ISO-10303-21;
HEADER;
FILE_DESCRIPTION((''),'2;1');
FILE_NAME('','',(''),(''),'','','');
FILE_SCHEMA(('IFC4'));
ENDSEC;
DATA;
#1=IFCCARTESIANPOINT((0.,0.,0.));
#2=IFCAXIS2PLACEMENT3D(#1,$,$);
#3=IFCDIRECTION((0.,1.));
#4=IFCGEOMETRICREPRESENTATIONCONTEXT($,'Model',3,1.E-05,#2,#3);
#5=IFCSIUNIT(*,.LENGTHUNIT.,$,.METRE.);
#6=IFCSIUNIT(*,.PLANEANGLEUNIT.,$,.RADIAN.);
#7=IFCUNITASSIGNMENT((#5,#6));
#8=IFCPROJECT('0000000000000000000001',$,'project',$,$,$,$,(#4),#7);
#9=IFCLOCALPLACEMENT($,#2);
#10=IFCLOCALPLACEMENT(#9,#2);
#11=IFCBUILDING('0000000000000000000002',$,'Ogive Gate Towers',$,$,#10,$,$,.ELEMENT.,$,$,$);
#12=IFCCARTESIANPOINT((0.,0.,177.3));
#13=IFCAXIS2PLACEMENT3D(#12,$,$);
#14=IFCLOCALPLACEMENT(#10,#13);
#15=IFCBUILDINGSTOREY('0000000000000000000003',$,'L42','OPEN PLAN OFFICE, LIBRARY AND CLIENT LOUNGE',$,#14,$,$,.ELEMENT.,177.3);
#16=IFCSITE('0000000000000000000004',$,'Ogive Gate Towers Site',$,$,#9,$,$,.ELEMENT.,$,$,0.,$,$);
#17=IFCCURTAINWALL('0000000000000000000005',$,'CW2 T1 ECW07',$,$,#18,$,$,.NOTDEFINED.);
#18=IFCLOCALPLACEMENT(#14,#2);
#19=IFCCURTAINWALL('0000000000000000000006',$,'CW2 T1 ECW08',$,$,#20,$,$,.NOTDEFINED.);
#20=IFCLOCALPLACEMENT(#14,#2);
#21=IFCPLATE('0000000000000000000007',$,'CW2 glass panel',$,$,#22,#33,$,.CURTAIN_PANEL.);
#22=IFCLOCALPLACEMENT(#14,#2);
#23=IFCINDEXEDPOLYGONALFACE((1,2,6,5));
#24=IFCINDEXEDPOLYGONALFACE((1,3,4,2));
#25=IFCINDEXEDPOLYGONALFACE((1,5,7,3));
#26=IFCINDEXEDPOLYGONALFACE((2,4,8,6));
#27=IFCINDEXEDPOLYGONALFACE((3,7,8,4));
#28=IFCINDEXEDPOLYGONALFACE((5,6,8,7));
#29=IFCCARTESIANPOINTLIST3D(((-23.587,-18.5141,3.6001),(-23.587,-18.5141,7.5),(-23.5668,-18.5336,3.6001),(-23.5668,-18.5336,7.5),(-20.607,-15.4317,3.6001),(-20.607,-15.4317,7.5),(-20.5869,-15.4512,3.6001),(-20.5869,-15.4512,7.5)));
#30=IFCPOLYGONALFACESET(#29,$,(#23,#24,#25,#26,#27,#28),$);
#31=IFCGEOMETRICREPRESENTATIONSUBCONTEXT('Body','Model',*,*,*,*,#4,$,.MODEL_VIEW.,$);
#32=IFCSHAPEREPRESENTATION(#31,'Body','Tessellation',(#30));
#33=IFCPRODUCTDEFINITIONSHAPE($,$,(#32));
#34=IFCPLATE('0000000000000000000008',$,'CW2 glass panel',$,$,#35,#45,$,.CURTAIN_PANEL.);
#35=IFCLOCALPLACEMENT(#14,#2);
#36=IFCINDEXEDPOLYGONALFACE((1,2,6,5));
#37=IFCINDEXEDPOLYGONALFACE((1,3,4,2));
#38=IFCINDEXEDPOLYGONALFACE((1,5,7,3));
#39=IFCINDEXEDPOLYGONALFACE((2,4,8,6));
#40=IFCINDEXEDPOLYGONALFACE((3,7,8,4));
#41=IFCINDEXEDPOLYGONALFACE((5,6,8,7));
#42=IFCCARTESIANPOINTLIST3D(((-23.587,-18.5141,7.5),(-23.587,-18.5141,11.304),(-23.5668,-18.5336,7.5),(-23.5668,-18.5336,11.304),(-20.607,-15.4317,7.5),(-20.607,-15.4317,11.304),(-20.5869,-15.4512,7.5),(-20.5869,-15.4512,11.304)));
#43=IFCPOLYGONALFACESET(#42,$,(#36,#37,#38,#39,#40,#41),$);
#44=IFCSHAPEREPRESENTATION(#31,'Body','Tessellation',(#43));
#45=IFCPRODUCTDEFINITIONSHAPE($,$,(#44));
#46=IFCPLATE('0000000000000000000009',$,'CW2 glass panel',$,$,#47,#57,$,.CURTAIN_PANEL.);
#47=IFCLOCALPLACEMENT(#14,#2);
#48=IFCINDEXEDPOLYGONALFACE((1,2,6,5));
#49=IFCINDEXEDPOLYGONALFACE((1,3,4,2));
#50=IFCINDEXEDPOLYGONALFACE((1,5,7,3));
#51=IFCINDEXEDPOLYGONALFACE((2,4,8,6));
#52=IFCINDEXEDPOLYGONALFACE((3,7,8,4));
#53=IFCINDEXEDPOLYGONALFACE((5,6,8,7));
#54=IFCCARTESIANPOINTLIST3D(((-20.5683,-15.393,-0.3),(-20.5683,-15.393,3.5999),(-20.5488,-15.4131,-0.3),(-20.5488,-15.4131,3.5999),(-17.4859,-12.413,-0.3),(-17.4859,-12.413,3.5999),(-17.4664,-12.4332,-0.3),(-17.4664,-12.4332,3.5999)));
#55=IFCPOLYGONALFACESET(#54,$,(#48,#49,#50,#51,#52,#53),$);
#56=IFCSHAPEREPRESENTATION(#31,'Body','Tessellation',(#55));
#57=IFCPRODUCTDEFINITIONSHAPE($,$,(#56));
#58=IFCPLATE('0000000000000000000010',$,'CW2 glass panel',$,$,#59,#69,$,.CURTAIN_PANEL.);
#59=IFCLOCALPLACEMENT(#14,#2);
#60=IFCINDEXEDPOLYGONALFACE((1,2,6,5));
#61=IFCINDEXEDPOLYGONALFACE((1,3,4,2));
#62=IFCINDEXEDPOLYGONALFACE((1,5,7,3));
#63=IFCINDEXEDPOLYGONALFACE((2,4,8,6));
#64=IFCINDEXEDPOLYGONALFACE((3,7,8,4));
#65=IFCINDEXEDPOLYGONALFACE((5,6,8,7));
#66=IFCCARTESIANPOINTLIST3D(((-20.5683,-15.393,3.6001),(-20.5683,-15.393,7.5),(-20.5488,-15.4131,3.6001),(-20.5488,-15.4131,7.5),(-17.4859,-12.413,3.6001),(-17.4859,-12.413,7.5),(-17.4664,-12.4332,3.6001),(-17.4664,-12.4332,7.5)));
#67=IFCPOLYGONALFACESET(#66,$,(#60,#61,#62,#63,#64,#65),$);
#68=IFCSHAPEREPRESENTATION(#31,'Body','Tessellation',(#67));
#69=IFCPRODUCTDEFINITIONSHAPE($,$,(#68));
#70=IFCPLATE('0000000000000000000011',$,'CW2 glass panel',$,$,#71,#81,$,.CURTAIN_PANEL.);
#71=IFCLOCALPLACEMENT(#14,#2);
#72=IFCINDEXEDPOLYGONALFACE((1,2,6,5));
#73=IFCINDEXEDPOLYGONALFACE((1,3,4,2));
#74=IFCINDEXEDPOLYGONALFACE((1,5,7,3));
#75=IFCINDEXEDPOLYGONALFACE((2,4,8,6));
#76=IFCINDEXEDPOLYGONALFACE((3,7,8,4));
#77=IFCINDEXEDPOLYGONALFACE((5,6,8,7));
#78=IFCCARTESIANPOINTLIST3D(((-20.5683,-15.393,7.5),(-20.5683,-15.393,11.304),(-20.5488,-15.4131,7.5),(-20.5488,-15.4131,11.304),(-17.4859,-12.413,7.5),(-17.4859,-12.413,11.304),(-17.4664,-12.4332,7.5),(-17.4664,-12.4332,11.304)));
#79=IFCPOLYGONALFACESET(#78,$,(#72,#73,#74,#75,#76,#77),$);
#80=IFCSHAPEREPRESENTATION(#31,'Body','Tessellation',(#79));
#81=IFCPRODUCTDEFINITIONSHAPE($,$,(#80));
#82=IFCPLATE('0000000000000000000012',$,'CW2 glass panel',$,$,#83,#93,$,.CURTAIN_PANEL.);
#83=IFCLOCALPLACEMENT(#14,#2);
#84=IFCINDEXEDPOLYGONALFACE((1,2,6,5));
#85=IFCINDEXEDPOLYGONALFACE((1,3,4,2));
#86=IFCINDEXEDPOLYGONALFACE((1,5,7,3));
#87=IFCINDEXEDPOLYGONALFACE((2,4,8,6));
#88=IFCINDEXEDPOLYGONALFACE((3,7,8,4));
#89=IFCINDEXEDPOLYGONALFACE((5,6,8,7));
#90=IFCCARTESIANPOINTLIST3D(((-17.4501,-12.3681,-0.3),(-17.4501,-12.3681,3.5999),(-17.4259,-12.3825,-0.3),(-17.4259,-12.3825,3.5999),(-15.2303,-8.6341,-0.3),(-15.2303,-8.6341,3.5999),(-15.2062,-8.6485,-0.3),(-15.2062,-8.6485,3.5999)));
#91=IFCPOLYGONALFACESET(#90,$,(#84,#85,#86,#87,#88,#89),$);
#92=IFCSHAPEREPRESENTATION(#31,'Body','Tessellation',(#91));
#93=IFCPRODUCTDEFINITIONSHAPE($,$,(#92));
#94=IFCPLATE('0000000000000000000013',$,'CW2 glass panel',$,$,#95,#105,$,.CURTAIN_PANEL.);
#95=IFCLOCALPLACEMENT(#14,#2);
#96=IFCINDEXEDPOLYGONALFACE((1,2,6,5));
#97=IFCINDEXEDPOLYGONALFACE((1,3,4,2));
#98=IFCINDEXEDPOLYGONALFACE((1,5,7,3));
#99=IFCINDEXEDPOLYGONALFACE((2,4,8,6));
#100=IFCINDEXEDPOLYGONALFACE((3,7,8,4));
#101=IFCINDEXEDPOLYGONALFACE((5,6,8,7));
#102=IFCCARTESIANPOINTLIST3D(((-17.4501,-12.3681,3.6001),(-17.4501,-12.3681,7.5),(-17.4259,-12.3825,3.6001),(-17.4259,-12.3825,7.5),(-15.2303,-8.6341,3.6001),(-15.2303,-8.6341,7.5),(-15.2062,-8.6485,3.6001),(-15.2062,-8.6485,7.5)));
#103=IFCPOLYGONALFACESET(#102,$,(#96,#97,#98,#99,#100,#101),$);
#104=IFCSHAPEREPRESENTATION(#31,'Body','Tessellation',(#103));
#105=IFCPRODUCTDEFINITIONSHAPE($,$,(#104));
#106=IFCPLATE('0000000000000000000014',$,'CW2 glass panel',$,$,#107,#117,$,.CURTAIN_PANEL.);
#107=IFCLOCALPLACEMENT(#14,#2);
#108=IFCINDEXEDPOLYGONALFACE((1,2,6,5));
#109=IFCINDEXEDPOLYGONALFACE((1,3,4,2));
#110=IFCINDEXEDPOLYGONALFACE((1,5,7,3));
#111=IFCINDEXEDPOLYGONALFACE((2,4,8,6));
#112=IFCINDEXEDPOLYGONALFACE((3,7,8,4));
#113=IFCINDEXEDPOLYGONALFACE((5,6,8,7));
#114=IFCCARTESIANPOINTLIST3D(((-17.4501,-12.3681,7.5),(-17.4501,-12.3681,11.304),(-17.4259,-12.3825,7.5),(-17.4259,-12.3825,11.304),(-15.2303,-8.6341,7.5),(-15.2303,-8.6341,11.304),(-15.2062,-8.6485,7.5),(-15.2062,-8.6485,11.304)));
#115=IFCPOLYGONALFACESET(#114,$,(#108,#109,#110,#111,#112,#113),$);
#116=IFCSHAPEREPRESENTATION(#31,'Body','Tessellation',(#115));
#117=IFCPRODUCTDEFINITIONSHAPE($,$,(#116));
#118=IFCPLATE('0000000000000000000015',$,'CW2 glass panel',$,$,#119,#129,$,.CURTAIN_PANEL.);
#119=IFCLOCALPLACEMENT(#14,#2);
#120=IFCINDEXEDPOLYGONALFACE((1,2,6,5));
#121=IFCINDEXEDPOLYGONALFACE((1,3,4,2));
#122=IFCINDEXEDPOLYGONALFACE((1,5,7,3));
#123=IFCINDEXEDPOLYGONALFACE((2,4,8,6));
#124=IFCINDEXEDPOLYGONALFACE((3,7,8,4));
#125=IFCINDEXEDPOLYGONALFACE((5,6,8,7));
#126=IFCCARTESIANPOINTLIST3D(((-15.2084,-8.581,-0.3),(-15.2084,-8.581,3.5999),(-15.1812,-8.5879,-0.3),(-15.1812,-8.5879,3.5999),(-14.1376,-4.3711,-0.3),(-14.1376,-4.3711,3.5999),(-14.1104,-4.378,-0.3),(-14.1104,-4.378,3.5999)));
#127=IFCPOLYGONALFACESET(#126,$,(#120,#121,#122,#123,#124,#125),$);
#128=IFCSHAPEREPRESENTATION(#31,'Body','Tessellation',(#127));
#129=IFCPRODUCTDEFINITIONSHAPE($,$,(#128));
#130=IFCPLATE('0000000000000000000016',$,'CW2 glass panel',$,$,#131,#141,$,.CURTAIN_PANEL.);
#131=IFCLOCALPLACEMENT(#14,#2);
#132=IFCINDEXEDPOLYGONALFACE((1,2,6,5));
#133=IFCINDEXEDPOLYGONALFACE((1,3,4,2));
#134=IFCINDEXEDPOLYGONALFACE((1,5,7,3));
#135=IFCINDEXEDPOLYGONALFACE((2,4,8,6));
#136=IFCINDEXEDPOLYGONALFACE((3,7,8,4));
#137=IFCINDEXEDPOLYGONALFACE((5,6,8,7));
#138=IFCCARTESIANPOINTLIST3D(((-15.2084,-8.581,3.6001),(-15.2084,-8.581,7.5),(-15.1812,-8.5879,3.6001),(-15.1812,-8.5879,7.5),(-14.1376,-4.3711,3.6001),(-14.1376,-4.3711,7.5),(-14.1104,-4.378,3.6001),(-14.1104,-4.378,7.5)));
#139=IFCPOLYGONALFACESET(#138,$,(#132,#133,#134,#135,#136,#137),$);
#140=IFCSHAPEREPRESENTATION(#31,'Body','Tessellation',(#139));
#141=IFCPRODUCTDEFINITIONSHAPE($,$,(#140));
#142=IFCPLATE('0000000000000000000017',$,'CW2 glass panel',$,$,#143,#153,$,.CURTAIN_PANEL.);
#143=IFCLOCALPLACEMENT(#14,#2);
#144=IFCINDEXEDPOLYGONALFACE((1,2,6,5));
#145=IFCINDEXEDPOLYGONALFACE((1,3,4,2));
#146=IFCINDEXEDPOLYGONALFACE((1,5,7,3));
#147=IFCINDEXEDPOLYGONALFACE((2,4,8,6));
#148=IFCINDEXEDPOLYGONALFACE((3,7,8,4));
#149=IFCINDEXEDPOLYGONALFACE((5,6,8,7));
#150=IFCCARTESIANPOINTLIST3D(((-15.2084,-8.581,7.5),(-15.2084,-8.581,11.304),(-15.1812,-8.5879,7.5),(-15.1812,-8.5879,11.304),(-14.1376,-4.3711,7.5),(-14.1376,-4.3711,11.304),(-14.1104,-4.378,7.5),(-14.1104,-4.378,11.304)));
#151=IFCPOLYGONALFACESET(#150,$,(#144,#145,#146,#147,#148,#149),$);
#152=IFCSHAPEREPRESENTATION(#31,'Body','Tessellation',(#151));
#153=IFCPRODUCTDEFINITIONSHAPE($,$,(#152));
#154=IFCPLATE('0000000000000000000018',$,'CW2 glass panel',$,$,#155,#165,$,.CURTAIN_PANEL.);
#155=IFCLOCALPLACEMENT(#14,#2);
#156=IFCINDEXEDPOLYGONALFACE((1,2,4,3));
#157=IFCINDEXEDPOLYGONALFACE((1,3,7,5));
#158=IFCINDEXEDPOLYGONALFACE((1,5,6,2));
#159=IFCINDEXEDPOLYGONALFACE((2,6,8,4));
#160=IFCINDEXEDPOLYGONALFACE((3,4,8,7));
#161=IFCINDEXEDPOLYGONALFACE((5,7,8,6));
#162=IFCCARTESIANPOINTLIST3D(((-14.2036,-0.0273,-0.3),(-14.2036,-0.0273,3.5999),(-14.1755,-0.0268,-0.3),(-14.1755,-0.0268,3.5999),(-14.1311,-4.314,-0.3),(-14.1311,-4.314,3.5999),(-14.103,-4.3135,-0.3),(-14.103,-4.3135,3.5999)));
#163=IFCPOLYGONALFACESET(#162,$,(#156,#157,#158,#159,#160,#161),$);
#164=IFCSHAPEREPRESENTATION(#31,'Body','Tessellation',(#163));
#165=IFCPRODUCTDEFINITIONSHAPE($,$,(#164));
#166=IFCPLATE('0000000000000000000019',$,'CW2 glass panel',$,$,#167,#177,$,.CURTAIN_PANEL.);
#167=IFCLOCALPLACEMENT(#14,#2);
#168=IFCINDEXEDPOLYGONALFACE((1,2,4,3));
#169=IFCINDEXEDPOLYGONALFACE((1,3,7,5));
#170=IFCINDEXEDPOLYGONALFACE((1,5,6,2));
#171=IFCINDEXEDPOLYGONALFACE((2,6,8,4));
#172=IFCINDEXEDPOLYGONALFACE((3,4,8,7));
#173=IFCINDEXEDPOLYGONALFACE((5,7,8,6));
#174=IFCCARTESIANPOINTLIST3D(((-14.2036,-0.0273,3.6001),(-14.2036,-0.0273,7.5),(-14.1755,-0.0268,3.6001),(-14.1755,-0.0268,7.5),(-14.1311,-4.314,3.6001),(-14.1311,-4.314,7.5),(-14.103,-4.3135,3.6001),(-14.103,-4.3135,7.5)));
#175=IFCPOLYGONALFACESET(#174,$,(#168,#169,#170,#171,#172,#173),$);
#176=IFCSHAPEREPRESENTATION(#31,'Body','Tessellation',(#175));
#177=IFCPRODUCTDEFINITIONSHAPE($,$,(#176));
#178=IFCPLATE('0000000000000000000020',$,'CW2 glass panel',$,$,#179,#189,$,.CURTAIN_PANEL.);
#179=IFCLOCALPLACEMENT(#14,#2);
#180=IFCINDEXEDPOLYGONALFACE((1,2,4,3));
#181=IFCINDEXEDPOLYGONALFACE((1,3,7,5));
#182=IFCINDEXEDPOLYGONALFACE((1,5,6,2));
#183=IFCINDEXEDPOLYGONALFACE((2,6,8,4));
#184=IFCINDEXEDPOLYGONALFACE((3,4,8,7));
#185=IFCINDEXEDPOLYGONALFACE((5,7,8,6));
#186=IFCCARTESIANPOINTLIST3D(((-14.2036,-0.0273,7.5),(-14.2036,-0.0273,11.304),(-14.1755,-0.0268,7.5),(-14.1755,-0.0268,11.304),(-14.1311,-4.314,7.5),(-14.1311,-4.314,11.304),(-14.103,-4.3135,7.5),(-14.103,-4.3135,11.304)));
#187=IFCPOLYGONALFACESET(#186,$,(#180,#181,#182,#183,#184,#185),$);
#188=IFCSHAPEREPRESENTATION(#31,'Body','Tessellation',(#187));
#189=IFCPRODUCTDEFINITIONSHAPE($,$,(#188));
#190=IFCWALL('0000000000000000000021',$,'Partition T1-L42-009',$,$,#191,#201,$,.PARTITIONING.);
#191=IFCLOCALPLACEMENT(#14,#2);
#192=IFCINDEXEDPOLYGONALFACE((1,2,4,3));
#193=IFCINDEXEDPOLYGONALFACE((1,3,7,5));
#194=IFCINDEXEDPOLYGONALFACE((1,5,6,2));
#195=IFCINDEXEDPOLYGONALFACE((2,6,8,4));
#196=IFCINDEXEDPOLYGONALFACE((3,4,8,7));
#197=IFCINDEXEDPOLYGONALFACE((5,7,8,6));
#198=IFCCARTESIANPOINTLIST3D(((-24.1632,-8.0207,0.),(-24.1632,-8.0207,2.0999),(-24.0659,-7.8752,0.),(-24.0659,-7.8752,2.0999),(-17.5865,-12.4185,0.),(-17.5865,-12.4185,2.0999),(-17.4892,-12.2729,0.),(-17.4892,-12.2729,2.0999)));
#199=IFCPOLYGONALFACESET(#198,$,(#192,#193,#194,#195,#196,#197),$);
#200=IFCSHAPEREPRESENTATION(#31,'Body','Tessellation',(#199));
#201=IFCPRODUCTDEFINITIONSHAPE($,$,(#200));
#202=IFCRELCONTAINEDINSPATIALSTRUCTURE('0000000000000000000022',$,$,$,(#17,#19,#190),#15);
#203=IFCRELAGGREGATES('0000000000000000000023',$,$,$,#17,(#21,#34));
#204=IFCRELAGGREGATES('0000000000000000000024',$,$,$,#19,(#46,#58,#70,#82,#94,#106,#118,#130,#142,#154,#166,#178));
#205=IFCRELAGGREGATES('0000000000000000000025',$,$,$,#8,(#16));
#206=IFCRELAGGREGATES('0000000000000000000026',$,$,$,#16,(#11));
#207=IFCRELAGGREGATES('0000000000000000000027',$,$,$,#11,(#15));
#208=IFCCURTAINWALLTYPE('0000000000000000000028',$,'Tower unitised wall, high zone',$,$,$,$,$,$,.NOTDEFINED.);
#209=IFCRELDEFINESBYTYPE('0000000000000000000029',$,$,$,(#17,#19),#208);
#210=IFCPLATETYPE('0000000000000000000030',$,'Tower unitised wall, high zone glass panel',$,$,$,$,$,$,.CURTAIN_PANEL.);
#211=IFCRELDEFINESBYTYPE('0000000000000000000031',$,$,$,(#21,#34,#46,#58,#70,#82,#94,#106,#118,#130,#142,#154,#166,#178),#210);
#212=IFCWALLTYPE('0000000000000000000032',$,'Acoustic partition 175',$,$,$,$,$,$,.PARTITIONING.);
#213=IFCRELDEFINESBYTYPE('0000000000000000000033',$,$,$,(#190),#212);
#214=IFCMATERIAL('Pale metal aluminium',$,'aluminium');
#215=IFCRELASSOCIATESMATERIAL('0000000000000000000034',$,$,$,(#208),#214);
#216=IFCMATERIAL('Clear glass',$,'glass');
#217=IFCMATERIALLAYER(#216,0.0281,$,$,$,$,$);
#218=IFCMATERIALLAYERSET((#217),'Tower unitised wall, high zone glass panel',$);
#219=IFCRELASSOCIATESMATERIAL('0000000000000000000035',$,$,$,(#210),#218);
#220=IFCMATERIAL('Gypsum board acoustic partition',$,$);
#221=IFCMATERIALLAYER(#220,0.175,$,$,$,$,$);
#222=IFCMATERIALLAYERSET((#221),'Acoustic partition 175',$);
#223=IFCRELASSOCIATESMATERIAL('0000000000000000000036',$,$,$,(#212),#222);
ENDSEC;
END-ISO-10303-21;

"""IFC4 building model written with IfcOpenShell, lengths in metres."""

from ifc_helpers import new_model, si_unit, direction, frame, frame_2d, origin, origin_2d, place, context, subcontext, project, spatial, rectangle, extrude, material, layer, layer_set, type_object, element, aggregate, save


model = new_model("IFC4")

# Units and contexts
model_context = context("Model", 3, precision=1e-05, world=origin(), true_north=direction((0.0, 1.0)))
body_context = subcontext(model_context, "Body", "Model", "MODEL_VIEW")
ifc_project = project(units=[si_unit("LENGTHUNIT", "METRE"), si_unit("PLANEANGLEUNIT", "RADIAN")], contexts=[model_context])

# Site, building, storey
site_placement = place(None, origin())
site = spatial("IfcSite", under=ifc_project, at=site_placement, Name="Ogive Gate Towers Site", CompositionType="ELEMENT", RefElevation=0.0)
building_placement = place(site_placement, origin())
building = spatial("IfcBuilding", under=site, at=building_placement, Name="Ogive Gate Towers", CompositionType="ELEMENT")
storey_placement = place(building_placement, frame((0.0, 0.0, 177.3)))
storey = spatial("IfcBuildingStorey", under=building, at=storey_placement, Name="L42", Description="OPEN PLAN OFFICE, LIBRARY AND CLIENT LOUNGE", CompositionType="ELEMENT", Elevation=177.3)

# Curtain walls
ifc_material_1 = material(Name="Pale metal aluminium", Category="aluminium")
curtain_wall_type = type_object("IfcCurtainWallType", Name="Tower unitised wall, high zone", PredefinedType="NOTDEFINED", material=ifc_material_1)
curtain_wall_1_placement = place(storey_placement, origin())
curtain_wall_1 = element("IfcCurtainWall", 1, at=curtain_wall_1_placement, inside=storey, type_object=curtain_wall_type, Name="CW2 T1 ECW07", PredefinedType="NOTDEFINED")
curtain_wall_2_placement = place(storey_placement, origin())
curtain_wall_2 = element("IfcCurtainWall", 2, at=curtain_wall_2_placement, inside=storey, type_object=curtain_wall_type, Name="CW2 T1 ECW08", PredefinedType="NOTDEFINED")

# Plates
ifc_material_2 = material(Name="Clear glass", Category="glass")
ifc_layer_1 = layer(ifc_material_2, 0.0281)
ifc_layer_set_1 = layer_set([ifc_layer_1], Name="Tower unitised wall, high zone glass panel")
plate_type = type_object("IfcPlateType", Name="Tower unitised wall, high zone glass panel", PredefinedType="CURTAIN_PANEL", material=ifc_layer_set_1)
plate_1_placement = place(storey_placement, frame((-22.0869, -16.9827, 3.6001), z_axis=(0.0, 0.0, 1.0), x_axis=(0.695047, 0.718964, 0.0)))
plate_1 = element("IfcPlate", 3, at=plate_1_placement, type_object=plate_type, Name="CW2 glass panel", PredefinedType="CURTAIN_PANEL", context=body_context, shape_type="SweptSolid", body=[
    extrude(rectangle(XDim=4.2874, YDim=0.0281, at=origin_2d()), origin(), (0.0, 0.0, 1.0), 3.8999),
])
plate_2_placement = place(storey_placement, frame((-22.0869, -16.9827, 7.5), z_axis=(0.0, 0.0, 1.0), x_axis=(0.695047, 0.718964, 0.0)))
plate_2 = element("IfcPlate", 4, at=plate_2_placement, type_object=plate_type, Name="CW2 glass panel", PredefinedType="CURTAIN_PANEL", context=body_context, shape_type="SweptSolid", body=[
    extrude(rectangle(XDim=4.2874, YDim=0.0281, at=origin_2d()), origin(), (0.0, 0.0, 1.0), 3.804),
])
aggregate(curtain_wall_1, [plate_1, plate_2])
plate_3_placement = place(storey_placement, frame((-19.0173, -13.9131, -0.3), z_axis=(0.0, 0.0, 1.0), x_axis=(0.718964, 0.695047, 0.0)))
plate_3 = element("IfcPlate", 5, at=plate_3_placement, type_object=plate_type, Name="CW2 glass panel", PredefinedType="CURTAIN_PANEL", context=body_context, shape_type="SweptSolid", body=[
    extrude(rectangle(XDim=4.2874, YDim=0.0281, at=origin_2d()), origin(), (0.0, 0.0, 1.0), 3.8999),
])
plate_4_placement = place(storey_placement, frame((-19.0173, -13.9131, 3.6001), z_axis=(0.0, 0.0, 1.0), x_axis=(0.718964, 0.695047, 0.0)))
plate_4 = element("IfcPlate", 6, at=plate_4_placement, type_object=plate_type, Name="CW2 glass panel", PredefinedType="CURTAIN_PANEL", context=body_context, shape_type="SweptSolid", body=[
    extrude(rectangle(XDim=4.2874, YDim=0.0281, at=origin_2d()), origin(), (0.0, 0.0, 1.0), 3.8999),
])
plate_5_placement = place(storey_placement, frame((-19.0173, -13.9131, 7.5), z_axis=(0.0, 0.0, 1.0), x_axis=(0.718964, 0.695047, 0.0)))
plate_5 = element("IfcPlate", 7, at=plate_5_placement, type_object=plate_type, Name="CW2 glass panel", PredefinedType="CURTAIN_PANEL", context=body_context, shape_type="SweptSolid", body=[
    extrude(rectangle(XDim=4.2874, YDim=0.0281, at=origin_2d()), origin(), (0.0, 0.0, 1.0), 3.804),
])
plate_6_placement = place(storey_placement, frame((-16.3281, -10.5083, -0.3), z_axis=(0.0, 0.0, 1.0), x_axis=(0.510993, 0.859585, 0.0)))
plate_6 = element("IfcPlate", 8, at=plate_6_placement, type_object=plate_type, Name="CW2 glass panel", PredefinedType="CURTAIN_PANEL", context=body_context, shape_type="SweptSolid", body=[
    extrude(rectangle(XDim=4.344, YDim=0.0281, at=origin_2d()), origin(), (0.0, 0.0, 1.0), 3.8999),
])
plate_7_placement = place(storey_placement, frame((-16.3281, -10.5083, 3.6001), z_axis=(0.0, 0.0, 1.0), x_axis=(0.510993, 0.859585, 0.0)))
plate_7 = element("IfcPlate", 9, at=plate_7_placement, type_object=plate_type, Name="CW2 glass panel", PredefinedType="CURTAIN_PANEL", context=body_context, shape_type="SweptSolid", body=[
    extrude(rectangle(XDim=4.344, YDim=0.0281, at=origin_2d()), origin(), (0.0, 0.0, 1.0), 3.8999),
])
plate_8_placement = place(storey_placement, frame((-16.3281, -10.5083, 7.5), z_axis=(0.0, 0.0, 1.0), x_axis=(0.510993, 0.859585, 0.0)))
plate_8 = element("IfcPlate", 10, at=plate_8_placement, type_object=plate_type, Name="CW2 glass panel", PredefinedType="CURTAIN_PANEL", context=body_context, shape_type="SweptSolid", body=[
    extrude(rectangle(XDim=4.344, YDim=0.0281, at=origin_2d()), origin(), (0.0, 0.0, 1.0), 3.804),
])
plate_9_placement = place(storey_placement, frame((-14.6594, -6.4795, -0.3), z_axis=(0.0, 0.0, 1.0), x_axis=(0.246492, 0.969145, 0.0)))
plate_9 = element("IfcPlate", 11, at=plate_9_placement, type_object=plate_type, Name="CW2 glass panel", PredefinedType="CURTAIN_PANEL", context=body_context, shape_type="SweptSolid", body=[
    extrude(rectangle(XDim=4.344, YDim=0.0281, at=origin_2d()), origin(), (0.0, 0.0, 1.0), 3.8999),
])
plate_10_placement = place(storey_placement, frame((-14.6594, -6.4795, 3.6001), z_axis=(0.0, 0.0, 1.0), x_axis=(0.246492, 0.969145, 0.0)))
plate_10 = element("IfcPlate", 12, at=plate_10_placement, type_object=plate_type, Name="CW2 glass panel", PredefinedType="CURTAIN_PANEL", context=body_context, shape_type="SweptSolid", body=[
    extrude(rectangle(XDim=4.344, YDim=0.0281, at=origin_2d()), origin(), (0.0, 0.0, 1.0), 3.8999),
])
plate_11_placement = place(storey_placement, frame((-14.6594, -6.4795, 7.5), z_axis=(0.0, 0.0, 1.0), x_axis=(0.246492, 0.969145, 0.0)))
plate_11 = element("IfcPlate", 13, at=plate_11_placement, type_object=plate_type, Name="CW2 glass panel", PredefinedType="CURTAIN_PANEL", context=body_context, shape_type="SweptSolid", body=[
    extrude(rectangle(XDim=4.344, YDim=0.0281, at=origin_2d()), origin(), (0.0, 0.0, 1.0), 3.804),
])
plate_12_placement = place(storey_placement, frame((-14.1533, -2.1704, -0.3), z_axis=(0.0, 0.0, 1.0), x_axis=(-0.016911, 0.999857, 0.0)))
plate_12 = element("IfcPlate", 14, at=plate_12_placement, type_object=plate_type, Name="CW2 glass panel", PredefinedType="CURTAIN_PANEL", context=body_context, shape_type="SweptSolid", body=[
    extrude(rectangle(XDim=4.2874, YDim=0.0281, at=origin_2d()), origin(), (0.0, 0.0, 1.0), 3.8999),
])
plate_13_placement = place(storey_placement, frame((-14.1533, -2.1704, 3.6001), z_axis=(0.0, 0.0, 1.0), x_axis=(-0.016911, 0.999857, 0.0)))
plate_13 = element("IfcPlate", 15, at=plate_13_placement, type_object=plate_type, Name="CW2 glass panel", PredefinedType="CURTAIN_PANEL", context=body_context, shape_type="SweptSolid", body=[
    extrude(rectangle(XDim=4.2874, YDim=0.0281, at=origin_2d()), origin(), (0.0, 0.0, 1.0), 3.8999),
])
plate_14_placement = place(storey_placement, frame((-14.1533, -2.1704, 7.5), z_axis=(0.0, 0.0, 1.0), x_axis=(-0.016911, 0.999857, 0.0)))
plate_14 = element("IfcPlate", 16, at=plate_14_placement, type_object=plate_type, Name="CW2 glass panel", PredefinedType="CURTAIN_PANEL", context=body_context, shape_type="SweptSolid", body=[
    extrude(rectangle(XDim=4.2874, YDim=0.0281, at=origin_2d()), origin(), (0.0, 0.0, 1.0), 3.804),
])
aggregate(curtain_wall_2, [plate_3, plate_4, plate_5, plate_6, plate_7, plate_8, plate_9, plate_10, plate_11, plate_12, plate_13, plate_14])

# Wall
ifc_material_3 = material(Name="Gypsum board acoustic partition")
ifc_layer_2 = layer(ifc_material_3, 0.175)
ifc_layer_set_2 = layer_set([ifc_layer_2], Name="Acoustic partition 175")
wall_type_1 = type_object("IfcWallType", Name="Acoustic partition 175", PredefinedType="PARTITIONING", material=ifc_layer_set_2)
wall_1_placement = place(storey_placement, frame((-17.5378, -12.3457, 0.0), z_axis=(0.0, 0.0, 1.0), x_axis=(-0.831276, 0.55586, 0.0)))
element("IfcWall", 17, at=wall_1_placement, inside=storey, type_object=wall_type_1, Name="Partition T1-L42-009", PredefinedType="PARTITIONING", context=body_context, shape_type="SweptSolid", body=[
    extrude(rectangle(XDim=7.9116, YDim=0.175, at=frame_2d((3.9558, 0.0))), origin(), (0.0, 0.0, 1.0), 2.0999),
])

save(model, "model.ifc")
